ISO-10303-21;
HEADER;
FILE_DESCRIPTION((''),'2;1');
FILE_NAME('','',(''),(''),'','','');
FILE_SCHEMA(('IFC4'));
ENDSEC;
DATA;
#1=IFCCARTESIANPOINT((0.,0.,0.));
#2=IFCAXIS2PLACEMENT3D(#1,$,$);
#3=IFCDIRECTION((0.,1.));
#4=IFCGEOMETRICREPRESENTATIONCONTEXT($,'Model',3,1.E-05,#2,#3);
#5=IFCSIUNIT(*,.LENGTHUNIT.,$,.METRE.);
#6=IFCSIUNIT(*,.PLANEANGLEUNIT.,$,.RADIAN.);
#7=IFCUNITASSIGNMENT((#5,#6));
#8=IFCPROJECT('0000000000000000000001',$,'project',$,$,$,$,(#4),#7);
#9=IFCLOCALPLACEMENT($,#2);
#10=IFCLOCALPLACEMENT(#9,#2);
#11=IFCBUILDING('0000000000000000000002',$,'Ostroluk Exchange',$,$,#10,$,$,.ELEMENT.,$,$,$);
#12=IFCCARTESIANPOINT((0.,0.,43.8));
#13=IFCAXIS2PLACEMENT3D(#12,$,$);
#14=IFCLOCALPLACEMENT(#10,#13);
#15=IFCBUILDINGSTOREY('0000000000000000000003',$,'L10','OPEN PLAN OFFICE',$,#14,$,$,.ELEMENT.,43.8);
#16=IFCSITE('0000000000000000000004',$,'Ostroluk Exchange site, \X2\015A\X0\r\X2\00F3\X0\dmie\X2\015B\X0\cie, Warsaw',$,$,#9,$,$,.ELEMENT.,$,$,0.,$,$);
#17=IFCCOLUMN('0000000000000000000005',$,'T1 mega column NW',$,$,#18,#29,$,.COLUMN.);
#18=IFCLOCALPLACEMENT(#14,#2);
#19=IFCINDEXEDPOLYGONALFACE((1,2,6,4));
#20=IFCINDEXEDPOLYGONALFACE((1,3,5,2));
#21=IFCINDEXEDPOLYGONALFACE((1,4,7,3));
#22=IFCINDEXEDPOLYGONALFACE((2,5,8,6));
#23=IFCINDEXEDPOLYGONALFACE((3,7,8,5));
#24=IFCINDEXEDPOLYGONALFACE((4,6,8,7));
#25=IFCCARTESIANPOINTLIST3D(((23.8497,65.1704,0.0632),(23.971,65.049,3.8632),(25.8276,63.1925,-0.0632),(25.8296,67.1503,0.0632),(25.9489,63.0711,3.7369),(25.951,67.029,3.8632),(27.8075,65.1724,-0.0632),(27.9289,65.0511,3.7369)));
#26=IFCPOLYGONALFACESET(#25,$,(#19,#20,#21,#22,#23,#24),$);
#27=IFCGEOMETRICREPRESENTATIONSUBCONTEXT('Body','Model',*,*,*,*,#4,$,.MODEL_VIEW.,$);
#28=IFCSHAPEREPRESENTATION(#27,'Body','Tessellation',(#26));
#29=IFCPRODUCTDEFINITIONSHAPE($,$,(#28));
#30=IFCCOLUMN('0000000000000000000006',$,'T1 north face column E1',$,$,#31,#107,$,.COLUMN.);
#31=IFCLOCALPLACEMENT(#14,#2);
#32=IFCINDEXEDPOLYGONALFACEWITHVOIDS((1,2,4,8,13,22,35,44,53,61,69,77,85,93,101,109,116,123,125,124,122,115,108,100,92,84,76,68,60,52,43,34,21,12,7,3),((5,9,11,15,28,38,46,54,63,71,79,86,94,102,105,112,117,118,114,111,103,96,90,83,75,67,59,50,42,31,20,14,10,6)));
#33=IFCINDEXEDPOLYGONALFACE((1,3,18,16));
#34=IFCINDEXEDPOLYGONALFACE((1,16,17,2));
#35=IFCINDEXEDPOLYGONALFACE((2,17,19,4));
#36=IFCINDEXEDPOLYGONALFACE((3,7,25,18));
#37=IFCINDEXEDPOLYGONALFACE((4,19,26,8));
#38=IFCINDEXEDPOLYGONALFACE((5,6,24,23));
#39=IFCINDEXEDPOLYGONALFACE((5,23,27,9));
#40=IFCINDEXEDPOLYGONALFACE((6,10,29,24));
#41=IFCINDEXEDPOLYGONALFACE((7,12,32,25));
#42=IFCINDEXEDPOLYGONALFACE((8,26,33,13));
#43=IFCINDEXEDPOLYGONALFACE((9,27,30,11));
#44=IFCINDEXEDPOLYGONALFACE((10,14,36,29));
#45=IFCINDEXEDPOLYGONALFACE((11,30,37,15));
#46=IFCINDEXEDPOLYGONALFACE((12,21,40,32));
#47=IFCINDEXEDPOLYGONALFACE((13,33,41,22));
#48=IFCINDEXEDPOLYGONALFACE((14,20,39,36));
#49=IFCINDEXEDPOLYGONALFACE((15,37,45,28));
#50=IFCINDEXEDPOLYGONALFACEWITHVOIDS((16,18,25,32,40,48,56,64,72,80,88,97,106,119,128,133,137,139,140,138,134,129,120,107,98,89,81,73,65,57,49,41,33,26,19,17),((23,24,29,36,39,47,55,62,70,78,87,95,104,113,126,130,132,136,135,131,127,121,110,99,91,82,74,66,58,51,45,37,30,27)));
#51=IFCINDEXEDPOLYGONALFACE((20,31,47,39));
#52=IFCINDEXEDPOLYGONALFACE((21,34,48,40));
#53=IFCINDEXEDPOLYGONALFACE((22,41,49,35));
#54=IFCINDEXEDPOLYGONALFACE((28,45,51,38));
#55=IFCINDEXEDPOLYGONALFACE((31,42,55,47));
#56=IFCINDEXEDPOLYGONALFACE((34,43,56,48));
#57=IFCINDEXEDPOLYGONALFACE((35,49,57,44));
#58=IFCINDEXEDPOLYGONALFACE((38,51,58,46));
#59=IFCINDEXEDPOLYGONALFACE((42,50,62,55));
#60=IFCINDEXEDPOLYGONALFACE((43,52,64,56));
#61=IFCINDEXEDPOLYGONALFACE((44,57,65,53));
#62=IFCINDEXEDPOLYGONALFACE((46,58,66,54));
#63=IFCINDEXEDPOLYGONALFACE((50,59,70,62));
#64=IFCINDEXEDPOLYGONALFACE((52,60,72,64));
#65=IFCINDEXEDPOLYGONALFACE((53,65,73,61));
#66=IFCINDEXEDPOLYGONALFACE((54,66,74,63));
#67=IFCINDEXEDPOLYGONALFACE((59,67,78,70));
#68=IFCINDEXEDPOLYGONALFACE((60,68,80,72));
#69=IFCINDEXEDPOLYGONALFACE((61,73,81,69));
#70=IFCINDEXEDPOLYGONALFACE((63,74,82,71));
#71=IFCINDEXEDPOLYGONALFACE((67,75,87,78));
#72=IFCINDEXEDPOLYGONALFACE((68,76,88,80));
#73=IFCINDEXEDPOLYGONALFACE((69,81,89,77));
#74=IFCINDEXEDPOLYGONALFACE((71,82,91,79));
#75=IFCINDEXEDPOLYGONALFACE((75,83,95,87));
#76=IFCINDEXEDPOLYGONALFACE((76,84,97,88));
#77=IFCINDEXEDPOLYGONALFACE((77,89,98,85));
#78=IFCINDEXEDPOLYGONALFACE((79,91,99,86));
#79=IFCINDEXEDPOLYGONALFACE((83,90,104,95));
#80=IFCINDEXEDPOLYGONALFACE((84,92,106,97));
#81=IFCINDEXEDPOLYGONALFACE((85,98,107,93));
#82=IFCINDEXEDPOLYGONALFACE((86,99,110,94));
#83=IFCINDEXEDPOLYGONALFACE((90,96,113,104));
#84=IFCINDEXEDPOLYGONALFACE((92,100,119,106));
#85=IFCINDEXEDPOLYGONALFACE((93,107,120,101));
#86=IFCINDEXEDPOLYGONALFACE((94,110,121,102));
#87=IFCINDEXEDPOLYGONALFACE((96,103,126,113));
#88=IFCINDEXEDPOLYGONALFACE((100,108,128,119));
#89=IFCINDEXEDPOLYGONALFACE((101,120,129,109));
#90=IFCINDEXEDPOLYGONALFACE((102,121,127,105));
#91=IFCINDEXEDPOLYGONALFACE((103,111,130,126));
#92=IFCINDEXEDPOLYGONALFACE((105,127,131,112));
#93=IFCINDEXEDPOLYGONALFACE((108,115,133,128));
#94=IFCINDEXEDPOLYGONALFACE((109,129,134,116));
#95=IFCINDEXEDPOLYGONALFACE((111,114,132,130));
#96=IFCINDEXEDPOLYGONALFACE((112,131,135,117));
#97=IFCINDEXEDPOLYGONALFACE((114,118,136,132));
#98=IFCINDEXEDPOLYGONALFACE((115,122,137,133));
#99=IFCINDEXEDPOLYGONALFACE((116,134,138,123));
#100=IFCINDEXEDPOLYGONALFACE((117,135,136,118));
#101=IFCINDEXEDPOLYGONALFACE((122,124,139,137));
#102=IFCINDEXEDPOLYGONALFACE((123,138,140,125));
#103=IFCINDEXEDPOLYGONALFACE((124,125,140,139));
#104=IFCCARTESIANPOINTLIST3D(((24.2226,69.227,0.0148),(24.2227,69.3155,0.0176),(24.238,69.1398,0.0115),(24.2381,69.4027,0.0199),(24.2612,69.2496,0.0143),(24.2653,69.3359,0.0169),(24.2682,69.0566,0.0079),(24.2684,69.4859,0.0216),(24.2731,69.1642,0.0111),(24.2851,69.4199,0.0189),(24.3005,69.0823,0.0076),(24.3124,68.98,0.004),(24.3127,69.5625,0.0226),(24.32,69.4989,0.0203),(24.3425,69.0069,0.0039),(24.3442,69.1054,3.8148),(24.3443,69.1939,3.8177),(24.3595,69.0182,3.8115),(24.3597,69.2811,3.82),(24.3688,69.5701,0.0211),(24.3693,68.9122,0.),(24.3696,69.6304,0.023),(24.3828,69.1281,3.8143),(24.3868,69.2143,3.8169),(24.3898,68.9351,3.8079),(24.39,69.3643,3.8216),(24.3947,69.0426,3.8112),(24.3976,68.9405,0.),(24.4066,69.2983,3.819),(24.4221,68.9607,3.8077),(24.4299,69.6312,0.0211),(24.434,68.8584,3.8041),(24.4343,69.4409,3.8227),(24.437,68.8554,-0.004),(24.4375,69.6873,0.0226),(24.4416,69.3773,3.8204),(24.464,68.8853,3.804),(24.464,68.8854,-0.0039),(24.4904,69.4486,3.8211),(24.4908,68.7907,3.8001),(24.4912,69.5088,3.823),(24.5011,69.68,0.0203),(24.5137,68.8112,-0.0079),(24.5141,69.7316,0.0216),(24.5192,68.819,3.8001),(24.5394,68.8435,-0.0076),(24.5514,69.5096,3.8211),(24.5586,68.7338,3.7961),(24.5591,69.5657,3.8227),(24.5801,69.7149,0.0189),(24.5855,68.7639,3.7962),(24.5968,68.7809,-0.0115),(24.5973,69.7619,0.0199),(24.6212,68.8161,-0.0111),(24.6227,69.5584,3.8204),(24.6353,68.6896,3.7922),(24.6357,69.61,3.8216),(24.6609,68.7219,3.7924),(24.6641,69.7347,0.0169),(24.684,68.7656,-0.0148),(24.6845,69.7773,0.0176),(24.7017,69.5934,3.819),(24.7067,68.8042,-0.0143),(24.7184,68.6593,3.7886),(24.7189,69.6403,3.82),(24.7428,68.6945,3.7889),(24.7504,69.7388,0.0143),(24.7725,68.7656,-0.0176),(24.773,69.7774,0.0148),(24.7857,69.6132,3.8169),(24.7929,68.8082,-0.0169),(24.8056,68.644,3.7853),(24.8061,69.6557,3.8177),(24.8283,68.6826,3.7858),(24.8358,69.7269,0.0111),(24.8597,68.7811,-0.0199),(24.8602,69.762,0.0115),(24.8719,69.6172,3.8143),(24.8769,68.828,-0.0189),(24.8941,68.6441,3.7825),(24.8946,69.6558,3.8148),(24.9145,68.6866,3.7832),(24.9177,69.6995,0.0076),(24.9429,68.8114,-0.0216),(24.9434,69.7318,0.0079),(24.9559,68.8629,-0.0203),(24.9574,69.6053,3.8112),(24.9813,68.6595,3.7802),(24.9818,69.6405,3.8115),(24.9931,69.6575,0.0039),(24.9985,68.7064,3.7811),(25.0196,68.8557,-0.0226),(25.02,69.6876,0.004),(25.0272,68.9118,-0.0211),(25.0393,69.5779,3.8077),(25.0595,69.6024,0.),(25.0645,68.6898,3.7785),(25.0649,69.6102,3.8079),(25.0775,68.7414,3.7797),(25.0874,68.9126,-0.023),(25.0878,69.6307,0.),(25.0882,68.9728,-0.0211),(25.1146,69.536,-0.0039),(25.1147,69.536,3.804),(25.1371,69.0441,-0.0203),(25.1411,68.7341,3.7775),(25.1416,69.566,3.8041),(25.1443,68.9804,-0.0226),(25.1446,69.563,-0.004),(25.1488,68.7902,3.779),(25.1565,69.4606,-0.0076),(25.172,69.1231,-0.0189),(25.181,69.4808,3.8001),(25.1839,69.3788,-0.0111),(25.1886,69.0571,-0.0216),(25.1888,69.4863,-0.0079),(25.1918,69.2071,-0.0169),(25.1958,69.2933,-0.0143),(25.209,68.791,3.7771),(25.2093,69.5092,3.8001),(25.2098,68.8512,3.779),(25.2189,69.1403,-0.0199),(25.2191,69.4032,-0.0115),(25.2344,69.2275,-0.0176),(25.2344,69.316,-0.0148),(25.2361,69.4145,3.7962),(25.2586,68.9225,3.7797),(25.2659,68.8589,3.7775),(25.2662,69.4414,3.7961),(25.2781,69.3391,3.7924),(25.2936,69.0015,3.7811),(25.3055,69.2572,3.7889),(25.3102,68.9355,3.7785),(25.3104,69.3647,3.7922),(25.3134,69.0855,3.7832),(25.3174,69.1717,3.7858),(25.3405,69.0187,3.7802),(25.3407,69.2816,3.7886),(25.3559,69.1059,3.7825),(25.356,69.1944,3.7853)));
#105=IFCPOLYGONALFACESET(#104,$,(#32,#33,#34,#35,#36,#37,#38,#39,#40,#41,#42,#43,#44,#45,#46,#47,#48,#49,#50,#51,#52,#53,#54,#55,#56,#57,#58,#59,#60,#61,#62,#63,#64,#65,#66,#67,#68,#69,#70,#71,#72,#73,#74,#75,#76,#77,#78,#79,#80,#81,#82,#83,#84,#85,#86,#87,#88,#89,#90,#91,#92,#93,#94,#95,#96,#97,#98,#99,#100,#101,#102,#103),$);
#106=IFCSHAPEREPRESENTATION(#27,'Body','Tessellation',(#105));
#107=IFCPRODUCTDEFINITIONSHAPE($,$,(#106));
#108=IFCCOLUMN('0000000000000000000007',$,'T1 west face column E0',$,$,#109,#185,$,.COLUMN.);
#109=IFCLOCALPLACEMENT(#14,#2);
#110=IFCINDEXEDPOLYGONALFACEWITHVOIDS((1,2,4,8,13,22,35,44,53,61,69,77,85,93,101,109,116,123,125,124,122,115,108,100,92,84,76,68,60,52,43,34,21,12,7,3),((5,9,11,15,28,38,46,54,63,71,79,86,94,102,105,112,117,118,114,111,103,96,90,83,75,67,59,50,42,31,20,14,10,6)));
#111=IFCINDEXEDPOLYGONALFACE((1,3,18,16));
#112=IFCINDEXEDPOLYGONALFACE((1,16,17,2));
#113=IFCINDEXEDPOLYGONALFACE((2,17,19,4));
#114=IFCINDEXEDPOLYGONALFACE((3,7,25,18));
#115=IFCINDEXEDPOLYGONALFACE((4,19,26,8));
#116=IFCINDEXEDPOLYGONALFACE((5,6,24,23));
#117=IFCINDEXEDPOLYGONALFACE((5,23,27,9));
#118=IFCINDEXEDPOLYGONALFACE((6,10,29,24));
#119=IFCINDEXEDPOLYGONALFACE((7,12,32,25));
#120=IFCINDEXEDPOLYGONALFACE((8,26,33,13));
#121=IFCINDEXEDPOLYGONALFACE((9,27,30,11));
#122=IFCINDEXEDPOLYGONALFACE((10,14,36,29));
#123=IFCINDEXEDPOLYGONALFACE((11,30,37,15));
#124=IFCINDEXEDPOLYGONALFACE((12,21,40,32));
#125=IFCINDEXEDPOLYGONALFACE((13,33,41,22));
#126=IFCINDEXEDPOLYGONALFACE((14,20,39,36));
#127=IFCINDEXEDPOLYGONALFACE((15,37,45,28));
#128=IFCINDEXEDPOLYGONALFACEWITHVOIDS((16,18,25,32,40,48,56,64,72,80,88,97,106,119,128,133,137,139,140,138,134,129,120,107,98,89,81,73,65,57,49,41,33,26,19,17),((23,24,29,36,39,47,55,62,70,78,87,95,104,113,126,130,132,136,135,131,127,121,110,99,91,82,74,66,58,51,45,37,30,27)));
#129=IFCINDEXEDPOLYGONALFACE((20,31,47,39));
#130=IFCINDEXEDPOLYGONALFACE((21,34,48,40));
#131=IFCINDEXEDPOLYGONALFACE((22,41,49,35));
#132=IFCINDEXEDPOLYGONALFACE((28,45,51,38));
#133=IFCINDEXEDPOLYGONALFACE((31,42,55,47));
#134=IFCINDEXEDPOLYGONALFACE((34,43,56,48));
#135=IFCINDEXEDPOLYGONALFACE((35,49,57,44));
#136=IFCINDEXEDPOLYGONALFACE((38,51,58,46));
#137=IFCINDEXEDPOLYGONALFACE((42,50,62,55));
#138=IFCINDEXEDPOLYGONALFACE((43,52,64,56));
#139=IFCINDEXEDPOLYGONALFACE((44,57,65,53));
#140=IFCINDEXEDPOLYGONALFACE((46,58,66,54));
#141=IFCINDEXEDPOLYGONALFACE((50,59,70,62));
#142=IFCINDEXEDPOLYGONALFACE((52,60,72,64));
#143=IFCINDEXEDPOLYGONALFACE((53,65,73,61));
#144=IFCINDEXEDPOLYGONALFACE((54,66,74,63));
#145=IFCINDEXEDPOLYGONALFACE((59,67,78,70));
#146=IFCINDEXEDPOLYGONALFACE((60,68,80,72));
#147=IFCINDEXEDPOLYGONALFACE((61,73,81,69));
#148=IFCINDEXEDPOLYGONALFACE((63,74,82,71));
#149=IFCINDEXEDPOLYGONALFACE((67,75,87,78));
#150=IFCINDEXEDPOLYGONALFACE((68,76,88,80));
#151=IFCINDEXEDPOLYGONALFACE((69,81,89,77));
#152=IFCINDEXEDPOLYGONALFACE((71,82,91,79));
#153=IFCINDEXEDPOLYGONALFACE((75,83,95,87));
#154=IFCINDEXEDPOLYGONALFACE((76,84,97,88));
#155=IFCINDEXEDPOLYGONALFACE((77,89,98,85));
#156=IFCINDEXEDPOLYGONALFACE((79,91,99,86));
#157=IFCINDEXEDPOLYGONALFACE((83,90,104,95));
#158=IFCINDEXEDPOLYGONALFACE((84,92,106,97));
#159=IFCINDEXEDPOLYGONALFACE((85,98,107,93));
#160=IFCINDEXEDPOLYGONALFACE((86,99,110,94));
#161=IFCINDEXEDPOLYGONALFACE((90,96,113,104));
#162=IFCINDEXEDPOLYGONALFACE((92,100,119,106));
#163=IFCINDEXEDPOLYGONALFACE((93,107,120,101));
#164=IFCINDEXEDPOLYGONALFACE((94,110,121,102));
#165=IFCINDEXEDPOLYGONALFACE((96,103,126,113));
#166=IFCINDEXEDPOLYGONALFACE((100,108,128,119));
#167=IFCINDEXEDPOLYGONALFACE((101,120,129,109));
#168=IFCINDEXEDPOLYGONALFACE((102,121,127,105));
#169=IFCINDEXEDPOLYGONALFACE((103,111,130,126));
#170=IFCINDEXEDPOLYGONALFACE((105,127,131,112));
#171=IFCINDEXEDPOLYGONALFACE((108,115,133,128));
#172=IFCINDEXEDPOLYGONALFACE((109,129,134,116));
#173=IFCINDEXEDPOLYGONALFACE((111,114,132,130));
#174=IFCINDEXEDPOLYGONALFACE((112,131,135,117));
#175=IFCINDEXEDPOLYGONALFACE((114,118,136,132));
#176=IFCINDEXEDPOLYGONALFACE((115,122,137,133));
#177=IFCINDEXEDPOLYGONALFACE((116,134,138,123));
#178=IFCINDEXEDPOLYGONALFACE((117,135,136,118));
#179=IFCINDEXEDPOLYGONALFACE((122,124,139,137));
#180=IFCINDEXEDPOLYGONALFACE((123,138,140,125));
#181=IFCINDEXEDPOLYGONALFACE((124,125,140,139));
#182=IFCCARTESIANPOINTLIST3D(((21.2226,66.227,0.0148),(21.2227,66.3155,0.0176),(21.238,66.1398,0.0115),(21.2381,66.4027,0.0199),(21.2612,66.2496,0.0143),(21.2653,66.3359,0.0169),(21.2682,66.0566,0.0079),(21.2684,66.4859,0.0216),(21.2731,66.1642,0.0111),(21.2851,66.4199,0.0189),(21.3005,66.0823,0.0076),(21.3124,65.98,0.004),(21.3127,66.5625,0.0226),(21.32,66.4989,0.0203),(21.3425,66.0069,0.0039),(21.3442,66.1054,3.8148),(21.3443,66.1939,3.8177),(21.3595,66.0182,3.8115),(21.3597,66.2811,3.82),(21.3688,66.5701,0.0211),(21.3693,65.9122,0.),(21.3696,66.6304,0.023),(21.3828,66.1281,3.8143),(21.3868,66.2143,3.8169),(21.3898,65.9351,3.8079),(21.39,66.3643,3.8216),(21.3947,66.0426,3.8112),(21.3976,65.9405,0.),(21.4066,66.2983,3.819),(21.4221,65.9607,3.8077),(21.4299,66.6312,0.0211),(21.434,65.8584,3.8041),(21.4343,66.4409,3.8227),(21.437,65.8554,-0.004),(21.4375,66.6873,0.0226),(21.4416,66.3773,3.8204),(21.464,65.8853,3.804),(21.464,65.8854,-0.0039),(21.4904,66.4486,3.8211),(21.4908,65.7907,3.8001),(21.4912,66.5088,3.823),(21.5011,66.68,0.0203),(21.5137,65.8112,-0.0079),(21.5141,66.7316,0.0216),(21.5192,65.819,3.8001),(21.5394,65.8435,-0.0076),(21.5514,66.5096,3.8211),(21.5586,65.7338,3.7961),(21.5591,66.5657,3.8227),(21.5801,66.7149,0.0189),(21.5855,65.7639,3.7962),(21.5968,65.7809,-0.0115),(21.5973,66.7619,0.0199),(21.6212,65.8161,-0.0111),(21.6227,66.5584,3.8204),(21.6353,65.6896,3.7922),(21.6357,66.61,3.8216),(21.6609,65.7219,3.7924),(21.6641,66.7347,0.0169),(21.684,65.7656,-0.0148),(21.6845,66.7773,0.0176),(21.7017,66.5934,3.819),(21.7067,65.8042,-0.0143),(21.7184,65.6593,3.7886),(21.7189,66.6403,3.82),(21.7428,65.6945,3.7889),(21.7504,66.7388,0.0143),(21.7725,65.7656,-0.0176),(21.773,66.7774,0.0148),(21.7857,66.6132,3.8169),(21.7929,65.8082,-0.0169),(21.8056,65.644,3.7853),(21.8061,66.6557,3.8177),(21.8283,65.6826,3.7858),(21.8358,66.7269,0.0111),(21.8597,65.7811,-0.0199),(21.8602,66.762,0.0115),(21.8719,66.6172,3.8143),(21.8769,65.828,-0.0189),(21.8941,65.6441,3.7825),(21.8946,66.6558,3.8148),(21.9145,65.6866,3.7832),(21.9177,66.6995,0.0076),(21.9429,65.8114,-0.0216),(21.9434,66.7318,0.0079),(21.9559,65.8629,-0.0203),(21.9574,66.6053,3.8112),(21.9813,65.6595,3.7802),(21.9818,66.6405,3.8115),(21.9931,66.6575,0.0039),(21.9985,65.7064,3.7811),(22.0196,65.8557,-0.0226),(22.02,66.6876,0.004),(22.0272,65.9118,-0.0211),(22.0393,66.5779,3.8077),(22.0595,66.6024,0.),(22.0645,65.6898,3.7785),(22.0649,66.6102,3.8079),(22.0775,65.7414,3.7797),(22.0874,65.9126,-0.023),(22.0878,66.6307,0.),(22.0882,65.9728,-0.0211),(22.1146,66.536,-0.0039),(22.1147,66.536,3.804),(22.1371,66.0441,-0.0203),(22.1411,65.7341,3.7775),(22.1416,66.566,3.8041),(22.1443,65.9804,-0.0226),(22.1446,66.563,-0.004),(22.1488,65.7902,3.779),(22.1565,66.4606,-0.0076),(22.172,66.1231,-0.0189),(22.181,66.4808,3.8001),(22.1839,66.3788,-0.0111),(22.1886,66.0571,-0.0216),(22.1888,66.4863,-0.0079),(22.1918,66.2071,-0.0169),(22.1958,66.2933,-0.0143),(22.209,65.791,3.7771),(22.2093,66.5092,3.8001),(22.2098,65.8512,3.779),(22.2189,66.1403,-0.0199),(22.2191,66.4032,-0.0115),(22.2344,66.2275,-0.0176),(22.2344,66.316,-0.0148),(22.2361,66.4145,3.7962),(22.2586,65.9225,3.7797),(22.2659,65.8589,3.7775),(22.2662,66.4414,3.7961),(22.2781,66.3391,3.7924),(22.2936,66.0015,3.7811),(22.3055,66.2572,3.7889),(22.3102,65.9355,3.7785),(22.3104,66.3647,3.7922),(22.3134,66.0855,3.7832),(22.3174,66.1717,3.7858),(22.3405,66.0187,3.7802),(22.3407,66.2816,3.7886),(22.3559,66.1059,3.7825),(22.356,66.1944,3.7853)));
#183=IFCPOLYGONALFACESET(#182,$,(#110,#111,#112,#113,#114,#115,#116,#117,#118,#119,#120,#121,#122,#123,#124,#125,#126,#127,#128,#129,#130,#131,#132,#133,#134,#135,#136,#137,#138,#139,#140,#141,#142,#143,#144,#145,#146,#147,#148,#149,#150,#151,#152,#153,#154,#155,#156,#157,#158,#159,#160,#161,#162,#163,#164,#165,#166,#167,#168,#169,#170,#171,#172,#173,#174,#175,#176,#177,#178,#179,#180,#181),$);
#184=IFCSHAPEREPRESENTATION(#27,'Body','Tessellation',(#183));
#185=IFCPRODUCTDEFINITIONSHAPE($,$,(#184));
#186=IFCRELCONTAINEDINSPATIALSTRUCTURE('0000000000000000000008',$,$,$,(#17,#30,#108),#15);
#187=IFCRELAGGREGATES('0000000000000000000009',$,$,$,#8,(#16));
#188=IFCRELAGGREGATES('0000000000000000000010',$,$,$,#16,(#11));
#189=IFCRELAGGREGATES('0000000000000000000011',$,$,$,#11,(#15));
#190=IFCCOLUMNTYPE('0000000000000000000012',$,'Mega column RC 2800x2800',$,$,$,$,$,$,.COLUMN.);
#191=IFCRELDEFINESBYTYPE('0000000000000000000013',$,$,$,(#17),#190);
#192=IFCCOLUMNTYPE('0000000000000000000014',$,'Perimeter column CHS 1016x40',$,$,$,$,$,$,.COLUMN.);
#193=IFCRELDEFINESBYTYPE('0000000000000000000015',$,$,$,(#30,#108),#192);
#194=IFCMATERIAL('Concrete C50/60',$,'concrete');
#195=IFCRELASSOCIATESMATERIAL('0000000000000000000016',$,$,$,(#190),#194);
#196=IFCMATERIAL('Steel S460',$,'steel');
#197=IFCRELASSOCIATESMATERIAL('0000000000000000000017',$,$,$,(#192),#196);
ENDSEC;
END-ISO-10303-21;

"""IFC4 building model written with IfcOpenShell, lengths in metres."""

from ifc_helpers import new_model, si_unit, direction, frame, origin, origin_2d, place, context, subcontext, project, spatial, rectangle, hollow_circle, extrude, material, material_profile, profile_set, type_object, element, save


model = new_model("IFC4")

# Units and contexts
model_context = context("Model", 3, precision=1e-05, world=origin(), true_north=direction((0.0, 1.0)))
body_context = subcontext(model_context, "Body", "Model", "MODEL_VIEW")
ifc_project = project(units=[si_unit("LENGTHUNIT", "METRE"), si_unit("PLANEANGLEUNIT", "RADIAN")], contexts=[model_context])

# Site, building, storey
site_placement = place(None, origin())
site = spatial("IfcSite", under=ifc_project, at=site_placement, Name="Ostroluk Exchange site, Śródmieście, Warsaw", CompositionType="ELEMENT", RefElevation=0.0)
building_placement = place(site_placement, origin())
building = spatial("IfcBuilding", under=site, at=building_placement, Name="Ostroluk Exchange", CompositionType="ELEMENT")
storey_placement = place(building_placement, frame((0.0, 0.0, 43.8)))
storey = spatial("IfcBuildingStorey", under=building, at=storey_placement, Name="L10", Description="OPEN PLAN OFFICE", CompositionType="ELEMENT", Elevation=43.8)

# Columns
ifc_material_1 = material(Name="Concrete C50/60", Category="concrete")
ifc_material_profile_1 = material_profile(ifc_material_1, rectangle(XDim=2.8, YDim=2.8, at=origin_2d()), Name="RC 2800x2800")
ifc_profile_set_1 = profile_set([ifc_material_profile_1], Name="Concrete C50/60")
column_type_1 = type_object("IfcColumnType", Name="Mega column RC 2800x2800", PredefinedType="COLUMN", material=ifc_profile_set_1)
column_placement = place(storey_placement, frame((25.8286, 65.1714, 0.0), z_axis=(0.031898, -0.031898, 0.998982), x_axis=(0.707107, 0.707107, 0.0)))
element("IfcColumn", 1, at=column_placement, inside=storey, type_object=column_type_1, Name="T1 mega column NW", PredefinedType="COLUMN", context=body_context, shape_type="SweptSolid", body=[
    extrude(rectangle(XDim=2.8, YDim=2.8, at=origin_2d()), origin(), (0.0, 0.0, 1.0), 3.804),
])
ifc_material_2 = material(Name="Steel S460", Category="steel")
ifc_material_profile_2 = material_profile(ifc_material_2, hollow_circle(Radius=0.5081, WallThickness=0.04, at=origin_2d()), Name="CHS 1016x40")
ifc_profile_set_2 = profile_set([ifc_material_profile_2], Name="Steel S460")
column_type_2 = type_object("IfcColumnType", Name="Perimeter column CHS 1016x40", PredefinedType="COLUMN", material=ifc_profile_set_2)
for number, where, z_axis, x_axis, name in (
    (2, (24.7285, 69.2715, 0.0), (0.031962, -0.031962, 0.998978), (0.707107, 0.707107, 0.0), "T1 north face column E1"),
    (3, (21.7285, 66.2715, 0.0), (0.031962, -0.031962, 0.998978), (0.707107, 0.707107, 0.0), "T1 west face column E0"),
):
    element("IfcColumn", number, at=place(storey_placement, frame(where, z_axis=z_axis, x_axis=x_axis)), inside=storey, type_object=column_type_2, Name=name, PredefinedType="COLUMN", context=body_context, shape_type="SweptSolid", body=[
        extrude(hollow_circle(Radius=0.5081, WallThickness=0.04, at=origin_2d()), origin(), (0.0, 0.0, 1.0), 3.804),
    ])

save(model, "model.ifc")
